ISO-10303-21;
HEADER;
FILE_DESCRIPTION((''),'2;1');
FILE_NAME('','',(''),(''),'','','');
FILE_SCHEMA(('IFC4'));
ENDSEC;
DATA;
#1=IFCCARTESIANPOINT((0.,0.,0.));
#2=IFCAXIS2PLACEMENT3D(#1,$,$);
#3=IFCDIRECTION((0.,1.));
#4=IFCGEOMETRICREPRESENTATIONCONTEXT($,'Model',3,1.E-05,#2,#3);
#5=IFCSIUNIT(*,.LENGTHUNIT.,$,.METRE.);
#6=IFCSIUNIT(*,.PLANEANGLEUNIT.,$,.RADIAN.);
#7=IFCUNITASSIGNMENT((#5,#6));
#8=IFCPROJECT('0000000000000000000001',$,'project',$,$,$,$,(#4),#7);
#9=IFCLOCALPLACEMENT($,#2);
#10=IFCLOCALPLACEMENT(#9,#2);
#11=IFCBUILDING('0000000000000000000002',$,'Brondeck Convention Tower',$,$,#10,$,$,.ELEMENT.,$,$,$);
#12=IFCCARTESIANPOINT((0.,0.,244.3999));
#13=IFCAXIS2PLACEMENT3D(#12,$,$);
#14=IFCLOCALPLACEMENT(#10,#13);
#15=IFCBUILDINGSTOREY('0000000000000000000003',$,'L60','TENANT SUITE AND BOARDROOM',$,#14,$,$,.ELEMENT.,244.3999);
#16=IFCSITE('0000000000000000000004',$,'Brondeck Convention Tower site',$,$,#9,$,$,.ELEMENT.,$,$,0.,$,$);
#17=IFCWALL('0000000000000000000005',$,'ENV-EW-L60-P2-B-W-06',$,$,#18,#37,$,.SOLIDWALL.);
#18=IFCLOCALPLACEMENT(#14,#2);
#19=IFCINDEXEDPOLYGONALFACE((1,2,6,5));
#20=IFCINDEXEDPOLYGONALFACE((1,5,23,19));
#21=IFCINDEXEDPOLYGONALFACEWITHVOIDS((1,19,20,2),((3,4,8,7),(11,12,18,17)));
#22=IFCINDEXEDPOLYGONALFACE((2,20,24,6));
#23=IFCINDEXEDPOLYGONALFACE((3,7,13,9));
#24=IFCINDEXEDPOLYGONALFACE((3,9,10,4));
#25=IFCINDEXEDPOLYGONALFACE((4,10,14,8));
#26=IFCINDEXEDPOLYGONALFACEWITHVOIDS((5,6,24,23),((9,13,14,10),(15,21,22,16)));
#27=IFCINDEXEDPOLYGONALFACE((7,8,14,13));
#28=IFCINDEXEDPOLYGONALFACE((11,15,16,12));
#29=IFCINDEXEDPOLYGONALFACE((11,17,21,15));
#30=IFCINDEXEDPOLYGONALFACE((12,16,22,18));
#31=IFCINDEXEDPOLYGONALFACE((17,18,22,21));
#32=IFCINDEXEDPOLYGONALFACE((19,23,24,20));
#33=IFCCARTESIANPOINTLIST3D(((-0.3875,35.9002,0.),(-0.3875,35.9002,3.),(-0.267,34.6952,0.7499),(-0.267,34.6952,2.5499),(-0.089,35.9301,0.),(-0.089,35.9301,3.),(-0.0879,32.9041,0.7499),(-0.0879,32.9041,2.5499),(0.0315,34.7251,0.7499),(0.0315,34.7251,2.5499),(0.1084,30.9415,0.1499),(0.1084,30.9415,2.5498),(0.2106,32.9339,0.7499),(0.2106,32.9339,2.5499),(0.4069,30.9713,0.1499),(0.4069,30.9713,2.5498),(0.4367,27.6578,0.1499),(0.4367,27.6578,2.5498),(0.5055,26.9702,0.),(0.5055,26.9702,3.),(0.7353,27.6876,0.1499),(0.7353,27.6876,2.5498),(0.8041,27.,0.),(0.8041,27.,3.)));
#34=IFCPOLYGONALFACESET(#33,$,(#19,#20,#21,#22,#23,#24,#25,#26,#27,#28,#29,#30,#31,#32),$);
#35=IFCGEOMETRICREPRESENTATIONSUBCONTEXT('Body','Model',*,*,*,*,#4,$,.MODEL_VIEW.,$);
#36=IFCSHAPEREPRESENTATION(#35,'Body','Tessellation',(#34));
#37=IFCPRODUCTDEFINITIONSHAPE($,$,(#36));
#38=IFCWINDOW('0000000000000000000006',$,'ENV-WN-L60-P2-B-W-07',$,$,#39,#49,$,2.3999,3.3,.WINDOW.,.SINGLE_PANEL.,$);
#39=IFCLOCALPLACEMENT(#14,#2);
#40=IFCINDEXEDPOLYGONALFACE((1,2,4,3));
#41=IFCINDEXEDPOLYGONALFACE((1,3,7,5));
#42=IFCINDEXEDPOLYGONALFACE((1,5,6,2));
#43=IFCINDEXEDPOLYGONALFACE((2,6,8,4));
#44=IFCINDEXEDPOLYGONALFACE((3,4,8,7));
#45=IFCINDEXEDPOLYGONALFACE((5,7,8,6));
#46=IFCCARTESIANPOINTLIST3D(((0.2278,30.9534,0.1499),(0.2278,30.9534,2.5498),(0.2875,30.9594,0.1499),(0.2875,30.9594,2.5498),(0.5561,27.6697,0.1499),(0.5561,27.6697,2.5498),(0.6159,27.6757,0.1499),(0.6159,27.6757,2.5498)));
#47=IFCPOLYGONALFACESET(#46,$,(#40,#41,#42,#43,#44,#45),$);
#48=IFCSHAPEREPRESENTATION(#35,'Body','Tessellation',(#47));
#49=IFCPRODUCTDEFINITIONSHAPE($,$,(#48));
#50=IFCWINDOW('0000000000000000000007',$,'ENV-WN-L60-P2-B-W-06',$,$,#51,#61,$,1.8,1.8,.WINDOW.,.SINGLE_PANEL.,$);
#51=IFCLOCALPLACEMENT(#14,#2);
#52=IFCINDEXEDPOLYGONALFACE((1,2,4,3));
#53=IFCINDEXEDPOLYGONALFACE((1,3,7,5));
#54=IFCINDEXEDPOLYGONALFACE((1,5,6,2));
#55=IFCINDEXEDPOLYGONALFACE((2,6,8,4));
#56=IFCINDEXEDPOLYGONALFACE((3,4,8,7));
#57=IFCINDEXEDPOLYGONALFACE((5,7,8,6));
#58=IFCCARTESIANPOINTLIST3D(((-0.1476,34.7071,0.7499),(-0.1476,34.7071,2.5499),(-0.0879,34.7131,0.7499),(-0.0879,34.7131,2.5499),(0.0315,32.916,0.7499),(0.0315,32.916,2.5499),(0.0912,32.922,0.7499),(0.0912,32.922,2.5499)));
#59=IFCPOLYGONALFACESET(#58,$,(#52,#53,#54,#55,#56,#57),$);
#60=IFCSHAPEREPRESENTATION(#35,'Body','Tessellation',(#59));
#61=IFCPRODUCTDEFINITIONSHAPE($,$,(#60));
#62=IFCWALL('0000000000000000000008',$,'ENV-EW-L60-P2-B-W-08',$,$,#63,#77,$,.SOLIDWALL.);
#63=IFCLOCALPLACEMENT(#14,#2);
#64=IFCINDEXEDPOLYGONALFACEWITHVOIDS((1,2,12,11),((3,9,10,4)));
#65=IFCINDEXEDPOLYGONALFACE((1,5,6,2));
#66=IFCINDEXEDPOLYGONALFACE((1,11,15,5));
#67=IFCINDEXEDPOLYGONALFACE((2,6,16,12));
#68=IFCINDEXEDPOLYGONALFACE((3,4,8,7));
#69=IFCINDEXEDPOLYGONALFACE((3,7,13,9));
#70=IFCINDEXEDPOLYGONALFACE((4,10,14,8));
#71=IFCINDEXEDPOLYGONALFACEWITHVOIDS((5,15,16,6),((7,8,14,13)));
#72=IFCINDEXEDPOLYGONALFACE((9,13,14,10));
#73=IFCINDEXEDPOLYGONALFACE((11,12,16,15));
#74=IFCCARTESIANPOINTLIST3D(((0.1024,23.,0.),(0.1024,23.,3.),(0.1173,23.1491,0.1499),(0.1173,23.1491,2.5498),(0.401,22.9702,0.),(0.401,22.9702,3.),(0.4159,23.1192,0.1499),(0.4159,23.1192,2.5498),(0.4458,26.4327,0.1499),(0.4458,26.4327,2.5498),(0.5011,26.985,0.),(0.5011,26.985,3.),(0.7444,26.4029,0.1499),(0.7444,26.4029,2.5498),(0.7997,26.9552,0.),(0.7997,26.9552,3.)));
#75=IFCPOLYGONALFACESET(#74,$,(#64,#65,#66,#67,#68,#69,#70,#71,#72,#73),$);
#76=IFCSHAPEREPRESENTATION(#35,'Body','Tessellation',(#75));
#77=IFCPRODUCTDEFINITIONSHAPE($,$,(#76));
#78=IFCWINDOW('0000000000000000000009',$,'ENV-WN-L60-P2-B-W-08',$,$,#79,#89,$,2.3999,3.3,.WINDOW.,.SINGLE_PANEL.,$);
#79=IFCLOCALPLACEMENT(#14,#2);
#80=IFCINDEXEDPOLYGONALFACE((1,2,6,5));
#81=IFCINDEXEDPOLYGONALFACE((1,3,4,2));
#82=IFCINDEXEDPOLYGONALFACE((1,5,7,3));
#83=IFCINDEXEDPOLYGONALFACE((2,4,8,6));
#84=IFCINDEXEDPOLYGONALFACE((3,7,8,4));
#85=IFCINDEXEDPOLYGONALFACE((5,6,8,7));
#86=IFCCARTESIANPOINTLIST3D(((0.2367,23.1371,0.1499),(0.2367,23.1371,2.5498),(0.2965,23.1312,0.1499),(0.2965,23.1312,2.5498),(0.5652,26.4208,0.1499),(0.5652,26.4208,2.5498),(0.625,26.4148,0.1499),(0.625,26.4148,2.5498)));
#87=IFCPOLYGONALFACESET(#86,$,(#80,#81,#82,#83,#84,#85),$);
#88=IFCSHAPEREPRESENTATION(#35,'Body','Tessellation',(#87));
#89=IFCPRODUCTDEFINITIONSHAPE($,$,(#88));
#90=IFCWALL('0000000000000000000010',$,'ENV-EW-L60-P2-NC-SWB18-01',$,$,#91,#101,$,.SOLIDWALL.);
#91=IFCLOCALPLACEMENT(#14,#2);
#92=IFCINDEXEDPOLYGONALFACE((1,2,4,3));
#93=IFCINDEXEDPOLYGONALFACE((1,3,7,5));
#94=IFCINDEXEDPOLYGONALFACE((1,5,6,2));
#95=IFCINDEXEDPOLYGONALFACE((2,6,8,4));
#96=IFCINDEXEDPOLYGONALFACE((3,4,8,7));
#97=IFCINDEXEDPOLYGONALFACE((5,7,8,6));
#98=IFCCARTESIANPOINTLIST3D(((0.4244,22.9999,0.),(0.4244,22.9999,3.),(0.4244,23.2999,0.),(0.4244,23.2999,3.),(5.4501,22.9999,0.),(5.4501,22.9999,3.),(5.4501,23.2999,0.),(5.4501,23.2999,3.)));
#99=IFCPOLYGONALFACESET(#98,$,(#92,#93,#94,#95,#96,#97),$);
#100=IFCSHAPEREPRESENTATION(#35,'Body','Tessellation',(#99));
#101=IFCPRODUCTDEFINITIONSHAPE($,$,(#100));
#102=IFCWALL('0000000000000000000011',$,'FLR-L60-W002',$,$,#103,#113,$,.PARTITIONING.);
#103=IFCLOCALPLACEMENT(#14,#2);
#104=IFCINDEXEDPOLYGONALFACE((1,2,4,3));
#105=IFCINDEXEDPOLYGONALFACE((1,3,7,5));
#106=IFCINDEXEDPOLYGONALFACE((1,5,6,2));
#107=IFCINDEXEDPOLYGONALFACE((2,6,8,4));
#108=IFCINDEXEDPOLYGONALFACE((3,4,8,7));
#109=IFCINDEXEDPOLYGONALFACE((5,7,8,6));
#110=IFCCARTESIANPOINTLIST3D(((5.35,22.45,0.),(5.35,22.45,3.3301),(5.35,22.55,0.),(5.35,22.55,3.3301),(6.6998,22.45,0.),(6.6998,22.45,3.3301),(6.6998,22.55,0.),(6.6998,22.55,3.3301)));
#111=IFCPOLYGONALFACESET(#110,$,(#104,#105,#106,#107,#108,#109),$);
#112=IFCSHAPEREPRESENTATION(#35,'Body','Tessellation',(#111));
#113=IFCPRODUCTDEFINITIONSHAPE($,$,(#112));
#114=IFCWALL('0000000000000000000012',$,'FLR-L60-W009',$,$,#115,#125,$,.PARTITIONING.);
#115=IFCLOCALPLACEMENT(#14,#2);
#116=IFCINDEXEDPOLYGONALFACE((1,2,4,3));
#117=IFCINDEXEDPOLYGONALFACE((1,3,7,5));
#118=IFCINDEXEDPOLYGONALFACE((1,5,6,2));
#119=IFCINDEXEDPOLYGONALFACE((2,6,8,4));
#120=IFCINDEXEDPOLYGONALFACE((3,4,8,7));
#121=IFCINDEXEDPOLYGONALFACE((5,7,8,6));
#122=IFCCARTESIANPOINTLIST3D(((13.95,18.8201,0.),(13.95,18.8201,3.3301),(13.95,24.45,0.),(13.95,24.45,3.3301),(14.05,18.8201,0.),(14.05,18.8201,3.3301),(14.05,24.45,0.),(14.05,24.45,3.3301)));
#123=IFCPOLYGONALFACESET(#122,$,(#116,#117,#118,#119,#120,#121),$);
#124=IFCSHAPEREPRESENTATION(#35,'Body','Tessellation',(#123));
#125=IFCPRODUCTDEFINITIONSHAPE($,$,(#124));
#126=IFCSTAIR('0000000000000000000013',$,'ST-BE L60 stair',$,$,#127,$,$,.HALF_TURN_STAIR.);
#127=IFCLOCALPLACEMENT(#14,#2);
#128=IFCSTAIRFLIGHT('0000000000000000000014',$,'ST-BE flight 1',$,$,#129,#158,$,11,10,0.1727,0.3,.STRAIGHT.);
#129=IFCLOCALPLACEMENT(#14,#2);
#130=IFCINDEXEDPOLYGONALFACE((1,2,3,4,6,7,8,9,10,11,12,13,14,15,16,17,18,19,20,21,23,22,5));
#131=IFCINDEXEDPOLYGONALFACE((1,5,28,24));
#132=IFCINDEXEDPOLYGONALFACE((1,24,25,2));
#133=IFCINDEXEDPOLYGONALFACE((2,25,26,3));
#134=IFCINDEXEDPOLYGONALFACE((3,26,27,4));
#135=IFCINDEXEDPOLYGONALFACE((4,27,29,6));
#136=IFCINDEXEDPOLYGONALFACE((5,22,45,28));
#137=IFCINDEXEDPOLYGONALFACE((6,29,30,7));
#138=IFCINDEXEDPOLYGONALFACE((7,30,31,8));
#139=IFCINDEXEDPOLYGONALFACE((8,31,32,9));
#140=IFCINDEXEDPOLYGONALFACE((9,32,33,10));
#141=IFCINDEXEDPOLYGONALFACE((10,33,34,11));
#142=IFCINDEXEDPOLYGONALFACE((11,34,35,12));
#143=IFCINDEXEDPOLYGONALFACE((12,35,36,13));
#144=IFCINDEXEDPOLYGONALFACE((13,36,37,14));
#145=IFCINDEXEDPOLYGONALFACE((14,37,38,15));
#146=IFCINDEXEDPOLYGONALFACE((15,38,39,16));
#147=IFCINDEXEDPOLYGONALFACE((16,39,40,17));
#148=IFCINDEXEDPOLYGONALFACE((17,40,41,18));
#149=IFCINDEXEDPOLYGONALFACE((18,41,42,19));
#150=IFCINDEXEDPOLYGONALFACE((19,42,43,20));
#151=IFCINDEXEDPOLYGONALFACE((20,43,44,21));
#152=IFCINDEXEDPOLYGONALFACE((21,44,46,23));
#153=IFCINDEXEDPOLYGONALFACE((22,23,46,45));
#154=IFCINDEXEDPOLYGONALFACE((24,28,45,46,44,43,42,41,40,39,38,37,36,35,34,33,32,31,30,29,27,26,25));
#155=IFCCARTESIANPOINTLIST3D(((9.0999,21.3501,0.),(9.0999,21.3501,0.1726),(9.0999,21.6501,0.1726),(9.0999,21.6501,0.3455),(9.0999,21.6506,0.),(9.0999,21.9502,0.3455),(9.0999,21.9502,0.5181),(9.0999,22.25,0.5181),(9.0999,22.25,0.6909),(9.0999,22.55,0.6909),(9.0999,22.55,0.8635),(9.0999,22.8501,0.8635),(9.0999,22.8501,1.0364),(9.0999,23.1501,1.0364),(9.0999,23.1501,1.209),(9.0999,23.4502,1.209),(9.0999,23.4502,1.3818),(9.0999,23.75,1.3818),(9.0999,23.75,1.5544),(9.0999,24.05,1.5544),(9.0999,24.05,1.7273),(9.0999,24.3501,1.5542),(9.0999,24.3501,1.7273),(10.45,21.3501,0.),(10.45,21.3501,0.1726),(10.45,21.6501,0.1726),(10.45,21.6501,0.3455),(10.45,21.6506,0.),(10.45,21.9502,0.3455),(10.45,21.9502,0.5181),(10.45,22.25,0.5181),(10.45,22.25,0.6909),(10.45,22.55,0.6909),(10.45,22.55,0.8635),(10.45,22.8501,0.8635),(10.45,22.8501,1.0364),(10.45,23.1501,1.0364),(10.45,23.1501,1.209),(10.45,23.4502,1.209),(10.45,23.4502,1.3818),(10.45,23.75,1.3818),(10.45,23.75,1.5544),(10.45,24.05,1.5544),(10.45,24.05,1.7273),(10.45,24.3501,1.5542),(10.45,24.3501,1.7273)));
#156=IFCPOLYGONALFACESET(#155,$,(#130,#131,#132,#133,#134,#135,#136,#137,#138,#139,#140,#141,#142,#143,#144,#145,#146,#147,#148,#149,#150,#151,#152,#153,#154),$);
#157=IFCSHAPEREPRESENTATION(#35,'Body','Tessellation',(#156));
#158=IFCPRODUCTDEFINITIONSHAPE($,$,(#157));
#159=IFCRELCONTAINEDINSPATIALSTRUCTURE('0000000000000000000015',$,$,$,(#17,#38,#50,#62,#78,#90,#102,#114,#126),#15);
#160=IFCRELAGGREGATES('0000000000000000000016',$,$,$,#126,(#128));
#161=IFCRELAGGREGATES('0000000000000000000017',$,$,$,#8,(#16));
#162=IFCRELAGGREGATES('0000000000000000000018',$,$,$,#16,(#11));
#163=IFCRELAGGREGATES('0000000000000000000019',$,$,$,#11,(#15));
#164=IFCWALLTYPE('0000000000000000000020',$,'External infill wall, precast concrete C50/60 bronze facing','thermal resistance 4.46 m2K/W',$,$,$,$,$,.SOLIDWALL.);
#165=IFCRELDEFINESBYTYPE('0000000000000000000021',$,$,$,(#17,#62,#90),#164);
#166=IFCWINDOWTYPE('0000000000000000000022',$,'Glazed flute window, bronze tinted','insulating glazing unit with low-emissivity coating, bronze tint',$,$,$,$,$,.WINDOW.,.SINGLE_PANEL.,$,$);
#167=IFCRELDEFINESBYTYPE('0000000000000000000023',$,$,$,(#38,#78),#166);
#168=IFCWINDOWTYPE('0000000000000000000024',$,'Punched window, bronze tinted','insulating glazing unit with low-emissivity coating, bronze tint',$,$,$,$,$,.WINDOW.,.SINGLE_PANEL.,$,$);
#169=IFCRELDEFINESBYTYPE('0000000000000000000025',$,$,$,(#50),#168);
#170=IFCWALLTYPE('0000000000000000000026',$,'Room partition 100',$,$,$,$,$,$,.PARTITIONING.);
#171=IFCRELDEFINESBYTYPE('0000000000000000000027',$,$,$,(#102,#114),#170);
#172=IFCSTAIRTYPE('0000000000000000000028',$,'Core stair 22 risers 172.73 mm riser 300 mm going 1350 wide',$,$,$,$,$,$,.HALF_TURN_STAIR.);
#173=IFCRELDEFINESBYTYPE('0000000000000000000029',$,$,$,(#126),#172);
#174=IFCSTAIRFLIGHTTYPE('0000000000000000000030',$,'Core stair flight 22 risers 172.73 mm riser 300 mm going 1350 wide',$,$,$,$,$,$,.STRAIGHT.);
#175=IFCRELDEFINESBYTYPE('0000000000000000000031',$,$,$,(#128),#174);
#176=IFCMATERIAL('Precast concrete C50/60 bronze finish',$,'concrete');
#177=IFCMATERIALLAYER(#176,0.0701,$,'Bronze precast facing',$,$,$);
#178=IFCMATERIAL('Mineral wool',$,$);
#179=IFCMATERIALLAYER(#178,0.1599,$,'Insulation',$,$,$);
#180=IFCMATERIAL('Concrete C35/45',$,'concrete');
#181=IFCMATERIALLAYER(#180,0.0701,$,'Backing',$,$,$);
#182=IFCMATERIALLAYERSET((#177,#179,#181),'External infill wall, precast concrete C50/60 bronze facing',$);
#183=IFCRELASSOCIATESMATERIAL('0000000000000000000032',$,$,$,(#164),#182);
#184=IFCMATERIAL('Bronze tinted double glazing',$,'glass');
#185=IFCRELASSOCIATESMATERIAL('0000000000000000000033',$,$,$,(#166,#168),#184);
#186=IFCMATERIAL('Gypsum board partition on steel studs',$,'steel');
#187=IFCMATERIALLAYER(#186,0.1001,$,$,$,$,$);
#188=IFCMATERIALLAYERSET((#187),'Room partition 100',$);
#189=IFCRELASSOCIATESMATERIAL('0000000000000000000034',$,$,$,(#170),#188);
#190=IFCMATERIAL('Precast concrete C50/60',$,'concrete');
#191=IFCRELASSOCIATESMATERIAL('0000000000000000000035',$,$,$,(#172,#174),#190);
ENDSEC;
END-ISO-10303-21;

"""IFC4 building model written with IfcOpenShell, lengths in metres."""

from ifc_helpers import new_model, si_unit, direction, frame, frame_2d, origin, place, context, subcontext, project, spatial, polyline, rectangle, outline, extrude, material, layer, layer_set, type_object, element, fill, aggregate, save


model = new_model("IFC4")

# Units and contexts
model_context = context("Model", 3, precision=1e-05, world=origin(), true_north=direction((0.0, 1.0)))
body_context = subcontext(model_context, "Body", "Model", "MODEL_VIEW")
ifc_project = project(units=[si_unit("LENGTHUNIT", "METRE"), si_unit("PLANEANGLEUNIT", "RADIAN")], contexts=[model_context])

# Site, building, storey
site_placement = place(None, origin())
site = spatial("IfcSite", under=ifc_project, at=site_placement, Name="Brondeck Convention Tower site", CompositionType="ELEMENT", RefElevation=0.0)
building_placement = place(site_placement, origin())
building = spatial("IfcBuilding", under=site, at=building_placement, Name="Brondeck Convention Tower", CompositionType="ELEMENT")
storey_placement = place(building_placement, frame((0.0, 0.0, 244.3999)))
storey = spatial("IfcBuildingStorey", under=building, at=storey_placement, Name="L60", Description="TENANT SUITE AND BOARDROOM", CompositionType="ELEMENT", Elevation=244.3999)

# Wall, openings, windows
ifc_material_1 = material(Name="Precast concrete C50/60 bronze finish", Category="concrete")
ifc_layer_1 = layer(ifc_material_1, 0.0701, Name="Bronze precast facing")
ifc_material_2 = material(Name="Mineral wool")
ifc_layer_2 = layer(ifc_material_2, 0.1599, Name="Insulation")
ifc_material_3 = material(Name="Concrete C35/45", Category="concrete")
ifc_layer_3 = layer(ifc_material_3, 0.0701, Name="Backing")
ifc_layer_set_1 = layer_set([ifc_layer_1, ifc_layer_2, ifc_layer_3], Name="External infill wall, precast concrete C50/60 bronze facing")
wall_type_1 = type_object("IfcWallType", Name="External infill wall, precast concrete C50/60 bronze facing", Description="thermal resistance 4.46 m2K/W", PredefinedType="SOLIDWALL", material=ifc_layer_set_1)
wall_1_placement = place(storey_placement, frame((0.6548, 26.9851, 0.0), z_axis=(0.0, 0.0, 1.0), x_axis=(-0.099509, 0.995037, 0.0)))
wall_1 = element("IfcWall", 1, at=wall_1_placement, inside=storey, type_object=wall_type_1, Name="ENV-EW-L60-P2-B-W-06", PredefinedType="SOLIDWALL", context=body_context, shape_type="SweptSolid", body=[
    extrude(rectangle(XDim=8.9746, YDim=0.3, at=frame_2d((4.4873, 0.0))), origin(), (0.0, 0.0, 1.0), 3.0),
])
opening_1_placement = place(wall_1_placement, frame((0.6912, 0.0, 0.1499)))
opening_1 = element("IfcOpeningElement", 2, at=opening_1_placement, cuts=wall_1, PredefinedType="OPENING", context=body_context, shape_type="SweptSolid", body=[
    extrude(rectangle(XDim=3.3, YDim=2.3999, at=frame_2d((1.6499, 1.2))), frame((0.0, 0.1599, 0.0), z_axis=(0.0, -1.0, 0.0), x_axis=(1.0, 0.0, 0.0)), (0.0, 0.0, 1.0), 0.3201),
])
opening_2_placement = place(wall_1_placement, frame((5.9636, 0.0, 0.75)))
opening_2 = element("IfcOpeningElement", 3, at=opening_2_placement, cuts=wall_1, PredefinedType="OPENING", context=body_context, shape_type="SweptSolid", body=[
    extrude(rectangle(XDim=1.8, YDim=1.8, at=frame_2d((0.8999, 0.8999))), frame((0.0, 0.1599, 0.0), z_axis=(0.0, -1.0, 0.0), x_axis=(1.0, 0.0, 0.0)), (0.0, 0.0, 1.0), 0.3201),
])
ifc_material_4 = material(Name="Bronze tinted double glazing", Category="glass")
window_type_1 = type_object("IfcWindowType", Name="Glazed flute window, bronze tinted", Description="insulating glazing unit with low-emissivity coating, bronze tint", PartitioningType="SINGLE_PANEL", PredefinedType="WINDOW", material=ifc_material_4)
window_1_placement = place(opening_1_placement, origin())
window_1 = element("IfcWindow", 4, at=window_1_placement, inside=storey, type_object=window_type_1, Name="ENV-WN-L60-P2-B-W-07", OverallHeight=2.3999, OverallWidth=3.3, PartitioningType="SINGLE_PANEL", PredefinedType="WINDOW", context=body_context, shape_type="SweptSolid", body=[
    extrude(rectangle(XDim=3.3, YDim=2.3999, at=frame_2d((1.6499, 1.2))), frame((0.0, 0.03, 0.0), z_axis=(0.0, -1.0, 0.0), x_axis=(1.0, 0.0, 0.0)), (0.0, 0.0, 1.0), 0.0601),
])
fill(opening_1, window_1)
window_type_2 = type_object("IfcWindowType", Name="Punched window, bronze tinted", Description="insulating glazing unit with low-emissivity coating, bronze tint", PartitioningType="SINGLE_PANEL", PredefinedType="WINDOW", material=ifc_material_4)
window_2_placement = place(opening_2_placement, origin())
window_2 = element("IfcWindow", 5, at=window_2_placement, inside=storey, type_object=window_type_2, Name="ENV-WN-L60-P2-B-W-06", OverallHeight=1.8, OverallWidth=1.8, PartitioningType="SINGLE_PANEL", PredefinedType="WINDOW", context=body_context, shape_type="SweptSolid", body=[
    extrude(rectangle(XDim=1.8, YDim=1.8, at=frame_2d((0.8999, 0.8999))), frame((0.0, 0.03, 0.0), z_axis=(0.0, -1.0, 0.0), x_axis=(1.0, 0.0, 0.0)), (0.0, 0.0, 1.0), 0.0601),
])
fill(opening_2, window_2)

# Wall, opening, window
wall_2_placement = place(storey_placement, frame((0.2517, 22.9851, 0.0), z_axis=(0.0, 0.0, 1.0), x_axis=(0.099546, 0.995033, 0.0)))
wall_2 = element("IfcWall", 6, at=wall_2_placement, inside=storey, type_object=wall_type_1, Name="ENV-EW-L60-P2-B-W-08", PredefinedType="SOLIDWALL", context=body_context, shape_type="SweptSolid", body=[
    extrude(rectangle(XDim=4.0049, YDim=0.3, at=frame_2d((2.0024, 0.0))), origin(), (0.0, 0.0, 1.0), 3.0),
])
opening_3_placement = place(wall_2_placement, frame((0.1499, 0.0, 0.1499)))
opening_3 = element("IfcOpeningElement", 7, at=opening_3_placement, cuts=wall_2, PredefinedType="OPENING", context=body_context, shape_type="SweptSolid", body=[
    extrude(rectangle(XDim=3.3, YDim=2.3999, at=frame_2d((1.6499, 1.2))), frame((0.0, 0.1599, 0.0), z_axis=(0.0, -1.0, 0.0), x_axis=(1.0, 0.0, 0.0)), (0.0, 0.0, 1.0), 0.3201),
])
window_3_placement = place(opening_3_placement, origin())
window_3 = element("IfcWindow", 8, at=window_3_placement, inside=storey, type_object=window_type_1, Name="ENV-WN-L60-P2-B-W-08", OverallHeight=2.3999, OverallWidth=3.3, PartitioningType="SINGLE_PANEL", PredefinedType="WINDOW", context=body_context, shape_type="SweptSolid", body=[
    extrude(rectangle(XDim=3.3, YDim=2.3999, at=frame_2d((1.6499, 1.2))), frame((0.0, 0.03, 0.0), z_axis=(0.0, -1.0, 0.0), x_axis=(1.0, 0.0, 0.0)), (0.0, 0.0, 1.0), 0.0601),
])
fill(opening_3, window_3)

# Walls
wall_3_placement = place(storey_placement, frame((5.45, 23.1499, 0.0), z_axis=(0.0, 0.0, 1.0), x_axis=(-1.0, 0.0, 0.0)))
element("IfcWall", 9, at=wall_3_placement, inside=storey, type_object=wall_type_1, Name="ENV-EW-L60-P2-NC-SWB18-01", PredefinedType="SOLIDWALL", context=body_context, shape_type="SweptSolid", body=[
    extrude(rectangle(XDim=5.0256, YDim=0.3, at=frame_2d((2.5127, 0.0))), origin(), (0.0, 0.0, 1.0), 3.0),
])
ifc_material_5 = material(Name="Gypsum board partition on steel studs", Category="steel")
ifc_layer_4 = layer(ifc_material_5, 0.1001)
ifc_layer_set_2 = layer_set([ifc_layer_4], Name="Room partition 100")
wall_type_2 = type_object("IfcWallType", Name="Room partition 100", PredefinedType="PARTITIONING", material=ifc_layer_set_2)
wall_4_placement = place(storey_placement, frame((5.3501, 22.5, 0.0), z_axis=(0.0, 0.0, 1.0), x_axis=(1.0, 0.0, 0.0)))
element("IfcWall", 10, at=wall_4_placement, inside=storey, type_object=wall_type_2, Name="FLR-L60-W002", PredefinedType="PARTITIONING", context=body_context, shape_type="SweptSolid", body=[
    extrude(rectangle(XDim=1.3499, YDim=0.1001, at=frame_2d((0.6748, 0.0))), origin(), (0.0, 0.0, 1.0), 3.3301),
])
wall_5_placement = place(storey_placement, frame((14.0, 24.45, 0.0), z_axis=(0.0, 0.0, 1.0), x_axis=(0.0, -1.0, 0.0)))
element("IfcWall", 11, at=wall_5_placement, inside=storey, type_object=wall_type_2, Name="FLR-L60-W009", PredefinedType="PARTITIONING", context=body_context, shape_type="SweptSolid", body=[
    extrude(rectangle(XDim=5.6299, YDim=0.1001, at=frame_2d((2.8149, 0.0))), origin(), (0.0, 0.0, 1.0), 3.3301),
])

# Stair, stair flight
ifc_material_6 = material(Name="Precast concrete C50/60", Category="concrete")
stair_type = type_object("IfcStairType", Name="Core stair 22 risers 172.73 mm riser 300 mm going 1350 wide", PredefinedType="HALF_TURN_STAIR", material=ifc_material_6)
stair_placement = place(storey_placement, origin())
stair = element("IfcStair", 12, at=stair_placement, inside=storey, type_object=stair_type, Name="ST-BE L60 stair", PredefinedType="HALF_TURN_STAIR")
stair_flight_type = type_object("IfcStairFlightType", Name="Core stair flight 22 risers 172.73 mm riser 300 mm going 1350 wide", PredefinedType="STRAIGHT", material=ifc_material_6)
stair_flight_1_placement = place(storey_placement, frame((9.7749, 21.3501, 0.0), z_axis=(0.0, 0.0, 1.0), x_axis=(0.0, 1.0, 0.0)))
stair_flight_1 = element("IfcStairFlight", 13, at=stair_flight_1_placement, type_object=stair_flight_type, Name="ST-BE flight 1", NumberOfRisers=11, NumberOfTreads=10, PredefinedType="STRAIGHT", RiserHeight=0.1727, TreadLength=0.3, context=body_context, shape_type="SweptSolid", body=[
    extrude(outline(polyline([(0.0, 0.0), (0.0, 0.1726), (0.3, 0.1726), (0.3, 0.3455), (0.6001, 0.3455), (0.6001, 0.5181), (0.8999, 0.5181), (0.8999, 0.6909), (1.2, 0.6909), (1.2, 0.8635), (1.5, 0.8635), (1.5, 1.0364), (1.8, 1.0364), (1.8, 1.209), (2.1001, 1.209), (2.1001, 1.3818), (2.3999, 1.3818), (2.3999, 1.5544), (2.7, 1.5544), (2.7, 1.7273), (3.0, 1.7273), (3.0, 1.8999), (3.0, 1.5542), (0.3005, 0.0), (0.0, 0.0)])), frame((0.0, 0.675, 0.0), z_axis=(0.0, -1.0, 0.0), x_axis=(1.0, 0.0, 0.0)), (0.0, 0.0, 1.0), 1.3501),
])
aggregate(stair, [stair_flight_1])

save(model, "model.ifc")
